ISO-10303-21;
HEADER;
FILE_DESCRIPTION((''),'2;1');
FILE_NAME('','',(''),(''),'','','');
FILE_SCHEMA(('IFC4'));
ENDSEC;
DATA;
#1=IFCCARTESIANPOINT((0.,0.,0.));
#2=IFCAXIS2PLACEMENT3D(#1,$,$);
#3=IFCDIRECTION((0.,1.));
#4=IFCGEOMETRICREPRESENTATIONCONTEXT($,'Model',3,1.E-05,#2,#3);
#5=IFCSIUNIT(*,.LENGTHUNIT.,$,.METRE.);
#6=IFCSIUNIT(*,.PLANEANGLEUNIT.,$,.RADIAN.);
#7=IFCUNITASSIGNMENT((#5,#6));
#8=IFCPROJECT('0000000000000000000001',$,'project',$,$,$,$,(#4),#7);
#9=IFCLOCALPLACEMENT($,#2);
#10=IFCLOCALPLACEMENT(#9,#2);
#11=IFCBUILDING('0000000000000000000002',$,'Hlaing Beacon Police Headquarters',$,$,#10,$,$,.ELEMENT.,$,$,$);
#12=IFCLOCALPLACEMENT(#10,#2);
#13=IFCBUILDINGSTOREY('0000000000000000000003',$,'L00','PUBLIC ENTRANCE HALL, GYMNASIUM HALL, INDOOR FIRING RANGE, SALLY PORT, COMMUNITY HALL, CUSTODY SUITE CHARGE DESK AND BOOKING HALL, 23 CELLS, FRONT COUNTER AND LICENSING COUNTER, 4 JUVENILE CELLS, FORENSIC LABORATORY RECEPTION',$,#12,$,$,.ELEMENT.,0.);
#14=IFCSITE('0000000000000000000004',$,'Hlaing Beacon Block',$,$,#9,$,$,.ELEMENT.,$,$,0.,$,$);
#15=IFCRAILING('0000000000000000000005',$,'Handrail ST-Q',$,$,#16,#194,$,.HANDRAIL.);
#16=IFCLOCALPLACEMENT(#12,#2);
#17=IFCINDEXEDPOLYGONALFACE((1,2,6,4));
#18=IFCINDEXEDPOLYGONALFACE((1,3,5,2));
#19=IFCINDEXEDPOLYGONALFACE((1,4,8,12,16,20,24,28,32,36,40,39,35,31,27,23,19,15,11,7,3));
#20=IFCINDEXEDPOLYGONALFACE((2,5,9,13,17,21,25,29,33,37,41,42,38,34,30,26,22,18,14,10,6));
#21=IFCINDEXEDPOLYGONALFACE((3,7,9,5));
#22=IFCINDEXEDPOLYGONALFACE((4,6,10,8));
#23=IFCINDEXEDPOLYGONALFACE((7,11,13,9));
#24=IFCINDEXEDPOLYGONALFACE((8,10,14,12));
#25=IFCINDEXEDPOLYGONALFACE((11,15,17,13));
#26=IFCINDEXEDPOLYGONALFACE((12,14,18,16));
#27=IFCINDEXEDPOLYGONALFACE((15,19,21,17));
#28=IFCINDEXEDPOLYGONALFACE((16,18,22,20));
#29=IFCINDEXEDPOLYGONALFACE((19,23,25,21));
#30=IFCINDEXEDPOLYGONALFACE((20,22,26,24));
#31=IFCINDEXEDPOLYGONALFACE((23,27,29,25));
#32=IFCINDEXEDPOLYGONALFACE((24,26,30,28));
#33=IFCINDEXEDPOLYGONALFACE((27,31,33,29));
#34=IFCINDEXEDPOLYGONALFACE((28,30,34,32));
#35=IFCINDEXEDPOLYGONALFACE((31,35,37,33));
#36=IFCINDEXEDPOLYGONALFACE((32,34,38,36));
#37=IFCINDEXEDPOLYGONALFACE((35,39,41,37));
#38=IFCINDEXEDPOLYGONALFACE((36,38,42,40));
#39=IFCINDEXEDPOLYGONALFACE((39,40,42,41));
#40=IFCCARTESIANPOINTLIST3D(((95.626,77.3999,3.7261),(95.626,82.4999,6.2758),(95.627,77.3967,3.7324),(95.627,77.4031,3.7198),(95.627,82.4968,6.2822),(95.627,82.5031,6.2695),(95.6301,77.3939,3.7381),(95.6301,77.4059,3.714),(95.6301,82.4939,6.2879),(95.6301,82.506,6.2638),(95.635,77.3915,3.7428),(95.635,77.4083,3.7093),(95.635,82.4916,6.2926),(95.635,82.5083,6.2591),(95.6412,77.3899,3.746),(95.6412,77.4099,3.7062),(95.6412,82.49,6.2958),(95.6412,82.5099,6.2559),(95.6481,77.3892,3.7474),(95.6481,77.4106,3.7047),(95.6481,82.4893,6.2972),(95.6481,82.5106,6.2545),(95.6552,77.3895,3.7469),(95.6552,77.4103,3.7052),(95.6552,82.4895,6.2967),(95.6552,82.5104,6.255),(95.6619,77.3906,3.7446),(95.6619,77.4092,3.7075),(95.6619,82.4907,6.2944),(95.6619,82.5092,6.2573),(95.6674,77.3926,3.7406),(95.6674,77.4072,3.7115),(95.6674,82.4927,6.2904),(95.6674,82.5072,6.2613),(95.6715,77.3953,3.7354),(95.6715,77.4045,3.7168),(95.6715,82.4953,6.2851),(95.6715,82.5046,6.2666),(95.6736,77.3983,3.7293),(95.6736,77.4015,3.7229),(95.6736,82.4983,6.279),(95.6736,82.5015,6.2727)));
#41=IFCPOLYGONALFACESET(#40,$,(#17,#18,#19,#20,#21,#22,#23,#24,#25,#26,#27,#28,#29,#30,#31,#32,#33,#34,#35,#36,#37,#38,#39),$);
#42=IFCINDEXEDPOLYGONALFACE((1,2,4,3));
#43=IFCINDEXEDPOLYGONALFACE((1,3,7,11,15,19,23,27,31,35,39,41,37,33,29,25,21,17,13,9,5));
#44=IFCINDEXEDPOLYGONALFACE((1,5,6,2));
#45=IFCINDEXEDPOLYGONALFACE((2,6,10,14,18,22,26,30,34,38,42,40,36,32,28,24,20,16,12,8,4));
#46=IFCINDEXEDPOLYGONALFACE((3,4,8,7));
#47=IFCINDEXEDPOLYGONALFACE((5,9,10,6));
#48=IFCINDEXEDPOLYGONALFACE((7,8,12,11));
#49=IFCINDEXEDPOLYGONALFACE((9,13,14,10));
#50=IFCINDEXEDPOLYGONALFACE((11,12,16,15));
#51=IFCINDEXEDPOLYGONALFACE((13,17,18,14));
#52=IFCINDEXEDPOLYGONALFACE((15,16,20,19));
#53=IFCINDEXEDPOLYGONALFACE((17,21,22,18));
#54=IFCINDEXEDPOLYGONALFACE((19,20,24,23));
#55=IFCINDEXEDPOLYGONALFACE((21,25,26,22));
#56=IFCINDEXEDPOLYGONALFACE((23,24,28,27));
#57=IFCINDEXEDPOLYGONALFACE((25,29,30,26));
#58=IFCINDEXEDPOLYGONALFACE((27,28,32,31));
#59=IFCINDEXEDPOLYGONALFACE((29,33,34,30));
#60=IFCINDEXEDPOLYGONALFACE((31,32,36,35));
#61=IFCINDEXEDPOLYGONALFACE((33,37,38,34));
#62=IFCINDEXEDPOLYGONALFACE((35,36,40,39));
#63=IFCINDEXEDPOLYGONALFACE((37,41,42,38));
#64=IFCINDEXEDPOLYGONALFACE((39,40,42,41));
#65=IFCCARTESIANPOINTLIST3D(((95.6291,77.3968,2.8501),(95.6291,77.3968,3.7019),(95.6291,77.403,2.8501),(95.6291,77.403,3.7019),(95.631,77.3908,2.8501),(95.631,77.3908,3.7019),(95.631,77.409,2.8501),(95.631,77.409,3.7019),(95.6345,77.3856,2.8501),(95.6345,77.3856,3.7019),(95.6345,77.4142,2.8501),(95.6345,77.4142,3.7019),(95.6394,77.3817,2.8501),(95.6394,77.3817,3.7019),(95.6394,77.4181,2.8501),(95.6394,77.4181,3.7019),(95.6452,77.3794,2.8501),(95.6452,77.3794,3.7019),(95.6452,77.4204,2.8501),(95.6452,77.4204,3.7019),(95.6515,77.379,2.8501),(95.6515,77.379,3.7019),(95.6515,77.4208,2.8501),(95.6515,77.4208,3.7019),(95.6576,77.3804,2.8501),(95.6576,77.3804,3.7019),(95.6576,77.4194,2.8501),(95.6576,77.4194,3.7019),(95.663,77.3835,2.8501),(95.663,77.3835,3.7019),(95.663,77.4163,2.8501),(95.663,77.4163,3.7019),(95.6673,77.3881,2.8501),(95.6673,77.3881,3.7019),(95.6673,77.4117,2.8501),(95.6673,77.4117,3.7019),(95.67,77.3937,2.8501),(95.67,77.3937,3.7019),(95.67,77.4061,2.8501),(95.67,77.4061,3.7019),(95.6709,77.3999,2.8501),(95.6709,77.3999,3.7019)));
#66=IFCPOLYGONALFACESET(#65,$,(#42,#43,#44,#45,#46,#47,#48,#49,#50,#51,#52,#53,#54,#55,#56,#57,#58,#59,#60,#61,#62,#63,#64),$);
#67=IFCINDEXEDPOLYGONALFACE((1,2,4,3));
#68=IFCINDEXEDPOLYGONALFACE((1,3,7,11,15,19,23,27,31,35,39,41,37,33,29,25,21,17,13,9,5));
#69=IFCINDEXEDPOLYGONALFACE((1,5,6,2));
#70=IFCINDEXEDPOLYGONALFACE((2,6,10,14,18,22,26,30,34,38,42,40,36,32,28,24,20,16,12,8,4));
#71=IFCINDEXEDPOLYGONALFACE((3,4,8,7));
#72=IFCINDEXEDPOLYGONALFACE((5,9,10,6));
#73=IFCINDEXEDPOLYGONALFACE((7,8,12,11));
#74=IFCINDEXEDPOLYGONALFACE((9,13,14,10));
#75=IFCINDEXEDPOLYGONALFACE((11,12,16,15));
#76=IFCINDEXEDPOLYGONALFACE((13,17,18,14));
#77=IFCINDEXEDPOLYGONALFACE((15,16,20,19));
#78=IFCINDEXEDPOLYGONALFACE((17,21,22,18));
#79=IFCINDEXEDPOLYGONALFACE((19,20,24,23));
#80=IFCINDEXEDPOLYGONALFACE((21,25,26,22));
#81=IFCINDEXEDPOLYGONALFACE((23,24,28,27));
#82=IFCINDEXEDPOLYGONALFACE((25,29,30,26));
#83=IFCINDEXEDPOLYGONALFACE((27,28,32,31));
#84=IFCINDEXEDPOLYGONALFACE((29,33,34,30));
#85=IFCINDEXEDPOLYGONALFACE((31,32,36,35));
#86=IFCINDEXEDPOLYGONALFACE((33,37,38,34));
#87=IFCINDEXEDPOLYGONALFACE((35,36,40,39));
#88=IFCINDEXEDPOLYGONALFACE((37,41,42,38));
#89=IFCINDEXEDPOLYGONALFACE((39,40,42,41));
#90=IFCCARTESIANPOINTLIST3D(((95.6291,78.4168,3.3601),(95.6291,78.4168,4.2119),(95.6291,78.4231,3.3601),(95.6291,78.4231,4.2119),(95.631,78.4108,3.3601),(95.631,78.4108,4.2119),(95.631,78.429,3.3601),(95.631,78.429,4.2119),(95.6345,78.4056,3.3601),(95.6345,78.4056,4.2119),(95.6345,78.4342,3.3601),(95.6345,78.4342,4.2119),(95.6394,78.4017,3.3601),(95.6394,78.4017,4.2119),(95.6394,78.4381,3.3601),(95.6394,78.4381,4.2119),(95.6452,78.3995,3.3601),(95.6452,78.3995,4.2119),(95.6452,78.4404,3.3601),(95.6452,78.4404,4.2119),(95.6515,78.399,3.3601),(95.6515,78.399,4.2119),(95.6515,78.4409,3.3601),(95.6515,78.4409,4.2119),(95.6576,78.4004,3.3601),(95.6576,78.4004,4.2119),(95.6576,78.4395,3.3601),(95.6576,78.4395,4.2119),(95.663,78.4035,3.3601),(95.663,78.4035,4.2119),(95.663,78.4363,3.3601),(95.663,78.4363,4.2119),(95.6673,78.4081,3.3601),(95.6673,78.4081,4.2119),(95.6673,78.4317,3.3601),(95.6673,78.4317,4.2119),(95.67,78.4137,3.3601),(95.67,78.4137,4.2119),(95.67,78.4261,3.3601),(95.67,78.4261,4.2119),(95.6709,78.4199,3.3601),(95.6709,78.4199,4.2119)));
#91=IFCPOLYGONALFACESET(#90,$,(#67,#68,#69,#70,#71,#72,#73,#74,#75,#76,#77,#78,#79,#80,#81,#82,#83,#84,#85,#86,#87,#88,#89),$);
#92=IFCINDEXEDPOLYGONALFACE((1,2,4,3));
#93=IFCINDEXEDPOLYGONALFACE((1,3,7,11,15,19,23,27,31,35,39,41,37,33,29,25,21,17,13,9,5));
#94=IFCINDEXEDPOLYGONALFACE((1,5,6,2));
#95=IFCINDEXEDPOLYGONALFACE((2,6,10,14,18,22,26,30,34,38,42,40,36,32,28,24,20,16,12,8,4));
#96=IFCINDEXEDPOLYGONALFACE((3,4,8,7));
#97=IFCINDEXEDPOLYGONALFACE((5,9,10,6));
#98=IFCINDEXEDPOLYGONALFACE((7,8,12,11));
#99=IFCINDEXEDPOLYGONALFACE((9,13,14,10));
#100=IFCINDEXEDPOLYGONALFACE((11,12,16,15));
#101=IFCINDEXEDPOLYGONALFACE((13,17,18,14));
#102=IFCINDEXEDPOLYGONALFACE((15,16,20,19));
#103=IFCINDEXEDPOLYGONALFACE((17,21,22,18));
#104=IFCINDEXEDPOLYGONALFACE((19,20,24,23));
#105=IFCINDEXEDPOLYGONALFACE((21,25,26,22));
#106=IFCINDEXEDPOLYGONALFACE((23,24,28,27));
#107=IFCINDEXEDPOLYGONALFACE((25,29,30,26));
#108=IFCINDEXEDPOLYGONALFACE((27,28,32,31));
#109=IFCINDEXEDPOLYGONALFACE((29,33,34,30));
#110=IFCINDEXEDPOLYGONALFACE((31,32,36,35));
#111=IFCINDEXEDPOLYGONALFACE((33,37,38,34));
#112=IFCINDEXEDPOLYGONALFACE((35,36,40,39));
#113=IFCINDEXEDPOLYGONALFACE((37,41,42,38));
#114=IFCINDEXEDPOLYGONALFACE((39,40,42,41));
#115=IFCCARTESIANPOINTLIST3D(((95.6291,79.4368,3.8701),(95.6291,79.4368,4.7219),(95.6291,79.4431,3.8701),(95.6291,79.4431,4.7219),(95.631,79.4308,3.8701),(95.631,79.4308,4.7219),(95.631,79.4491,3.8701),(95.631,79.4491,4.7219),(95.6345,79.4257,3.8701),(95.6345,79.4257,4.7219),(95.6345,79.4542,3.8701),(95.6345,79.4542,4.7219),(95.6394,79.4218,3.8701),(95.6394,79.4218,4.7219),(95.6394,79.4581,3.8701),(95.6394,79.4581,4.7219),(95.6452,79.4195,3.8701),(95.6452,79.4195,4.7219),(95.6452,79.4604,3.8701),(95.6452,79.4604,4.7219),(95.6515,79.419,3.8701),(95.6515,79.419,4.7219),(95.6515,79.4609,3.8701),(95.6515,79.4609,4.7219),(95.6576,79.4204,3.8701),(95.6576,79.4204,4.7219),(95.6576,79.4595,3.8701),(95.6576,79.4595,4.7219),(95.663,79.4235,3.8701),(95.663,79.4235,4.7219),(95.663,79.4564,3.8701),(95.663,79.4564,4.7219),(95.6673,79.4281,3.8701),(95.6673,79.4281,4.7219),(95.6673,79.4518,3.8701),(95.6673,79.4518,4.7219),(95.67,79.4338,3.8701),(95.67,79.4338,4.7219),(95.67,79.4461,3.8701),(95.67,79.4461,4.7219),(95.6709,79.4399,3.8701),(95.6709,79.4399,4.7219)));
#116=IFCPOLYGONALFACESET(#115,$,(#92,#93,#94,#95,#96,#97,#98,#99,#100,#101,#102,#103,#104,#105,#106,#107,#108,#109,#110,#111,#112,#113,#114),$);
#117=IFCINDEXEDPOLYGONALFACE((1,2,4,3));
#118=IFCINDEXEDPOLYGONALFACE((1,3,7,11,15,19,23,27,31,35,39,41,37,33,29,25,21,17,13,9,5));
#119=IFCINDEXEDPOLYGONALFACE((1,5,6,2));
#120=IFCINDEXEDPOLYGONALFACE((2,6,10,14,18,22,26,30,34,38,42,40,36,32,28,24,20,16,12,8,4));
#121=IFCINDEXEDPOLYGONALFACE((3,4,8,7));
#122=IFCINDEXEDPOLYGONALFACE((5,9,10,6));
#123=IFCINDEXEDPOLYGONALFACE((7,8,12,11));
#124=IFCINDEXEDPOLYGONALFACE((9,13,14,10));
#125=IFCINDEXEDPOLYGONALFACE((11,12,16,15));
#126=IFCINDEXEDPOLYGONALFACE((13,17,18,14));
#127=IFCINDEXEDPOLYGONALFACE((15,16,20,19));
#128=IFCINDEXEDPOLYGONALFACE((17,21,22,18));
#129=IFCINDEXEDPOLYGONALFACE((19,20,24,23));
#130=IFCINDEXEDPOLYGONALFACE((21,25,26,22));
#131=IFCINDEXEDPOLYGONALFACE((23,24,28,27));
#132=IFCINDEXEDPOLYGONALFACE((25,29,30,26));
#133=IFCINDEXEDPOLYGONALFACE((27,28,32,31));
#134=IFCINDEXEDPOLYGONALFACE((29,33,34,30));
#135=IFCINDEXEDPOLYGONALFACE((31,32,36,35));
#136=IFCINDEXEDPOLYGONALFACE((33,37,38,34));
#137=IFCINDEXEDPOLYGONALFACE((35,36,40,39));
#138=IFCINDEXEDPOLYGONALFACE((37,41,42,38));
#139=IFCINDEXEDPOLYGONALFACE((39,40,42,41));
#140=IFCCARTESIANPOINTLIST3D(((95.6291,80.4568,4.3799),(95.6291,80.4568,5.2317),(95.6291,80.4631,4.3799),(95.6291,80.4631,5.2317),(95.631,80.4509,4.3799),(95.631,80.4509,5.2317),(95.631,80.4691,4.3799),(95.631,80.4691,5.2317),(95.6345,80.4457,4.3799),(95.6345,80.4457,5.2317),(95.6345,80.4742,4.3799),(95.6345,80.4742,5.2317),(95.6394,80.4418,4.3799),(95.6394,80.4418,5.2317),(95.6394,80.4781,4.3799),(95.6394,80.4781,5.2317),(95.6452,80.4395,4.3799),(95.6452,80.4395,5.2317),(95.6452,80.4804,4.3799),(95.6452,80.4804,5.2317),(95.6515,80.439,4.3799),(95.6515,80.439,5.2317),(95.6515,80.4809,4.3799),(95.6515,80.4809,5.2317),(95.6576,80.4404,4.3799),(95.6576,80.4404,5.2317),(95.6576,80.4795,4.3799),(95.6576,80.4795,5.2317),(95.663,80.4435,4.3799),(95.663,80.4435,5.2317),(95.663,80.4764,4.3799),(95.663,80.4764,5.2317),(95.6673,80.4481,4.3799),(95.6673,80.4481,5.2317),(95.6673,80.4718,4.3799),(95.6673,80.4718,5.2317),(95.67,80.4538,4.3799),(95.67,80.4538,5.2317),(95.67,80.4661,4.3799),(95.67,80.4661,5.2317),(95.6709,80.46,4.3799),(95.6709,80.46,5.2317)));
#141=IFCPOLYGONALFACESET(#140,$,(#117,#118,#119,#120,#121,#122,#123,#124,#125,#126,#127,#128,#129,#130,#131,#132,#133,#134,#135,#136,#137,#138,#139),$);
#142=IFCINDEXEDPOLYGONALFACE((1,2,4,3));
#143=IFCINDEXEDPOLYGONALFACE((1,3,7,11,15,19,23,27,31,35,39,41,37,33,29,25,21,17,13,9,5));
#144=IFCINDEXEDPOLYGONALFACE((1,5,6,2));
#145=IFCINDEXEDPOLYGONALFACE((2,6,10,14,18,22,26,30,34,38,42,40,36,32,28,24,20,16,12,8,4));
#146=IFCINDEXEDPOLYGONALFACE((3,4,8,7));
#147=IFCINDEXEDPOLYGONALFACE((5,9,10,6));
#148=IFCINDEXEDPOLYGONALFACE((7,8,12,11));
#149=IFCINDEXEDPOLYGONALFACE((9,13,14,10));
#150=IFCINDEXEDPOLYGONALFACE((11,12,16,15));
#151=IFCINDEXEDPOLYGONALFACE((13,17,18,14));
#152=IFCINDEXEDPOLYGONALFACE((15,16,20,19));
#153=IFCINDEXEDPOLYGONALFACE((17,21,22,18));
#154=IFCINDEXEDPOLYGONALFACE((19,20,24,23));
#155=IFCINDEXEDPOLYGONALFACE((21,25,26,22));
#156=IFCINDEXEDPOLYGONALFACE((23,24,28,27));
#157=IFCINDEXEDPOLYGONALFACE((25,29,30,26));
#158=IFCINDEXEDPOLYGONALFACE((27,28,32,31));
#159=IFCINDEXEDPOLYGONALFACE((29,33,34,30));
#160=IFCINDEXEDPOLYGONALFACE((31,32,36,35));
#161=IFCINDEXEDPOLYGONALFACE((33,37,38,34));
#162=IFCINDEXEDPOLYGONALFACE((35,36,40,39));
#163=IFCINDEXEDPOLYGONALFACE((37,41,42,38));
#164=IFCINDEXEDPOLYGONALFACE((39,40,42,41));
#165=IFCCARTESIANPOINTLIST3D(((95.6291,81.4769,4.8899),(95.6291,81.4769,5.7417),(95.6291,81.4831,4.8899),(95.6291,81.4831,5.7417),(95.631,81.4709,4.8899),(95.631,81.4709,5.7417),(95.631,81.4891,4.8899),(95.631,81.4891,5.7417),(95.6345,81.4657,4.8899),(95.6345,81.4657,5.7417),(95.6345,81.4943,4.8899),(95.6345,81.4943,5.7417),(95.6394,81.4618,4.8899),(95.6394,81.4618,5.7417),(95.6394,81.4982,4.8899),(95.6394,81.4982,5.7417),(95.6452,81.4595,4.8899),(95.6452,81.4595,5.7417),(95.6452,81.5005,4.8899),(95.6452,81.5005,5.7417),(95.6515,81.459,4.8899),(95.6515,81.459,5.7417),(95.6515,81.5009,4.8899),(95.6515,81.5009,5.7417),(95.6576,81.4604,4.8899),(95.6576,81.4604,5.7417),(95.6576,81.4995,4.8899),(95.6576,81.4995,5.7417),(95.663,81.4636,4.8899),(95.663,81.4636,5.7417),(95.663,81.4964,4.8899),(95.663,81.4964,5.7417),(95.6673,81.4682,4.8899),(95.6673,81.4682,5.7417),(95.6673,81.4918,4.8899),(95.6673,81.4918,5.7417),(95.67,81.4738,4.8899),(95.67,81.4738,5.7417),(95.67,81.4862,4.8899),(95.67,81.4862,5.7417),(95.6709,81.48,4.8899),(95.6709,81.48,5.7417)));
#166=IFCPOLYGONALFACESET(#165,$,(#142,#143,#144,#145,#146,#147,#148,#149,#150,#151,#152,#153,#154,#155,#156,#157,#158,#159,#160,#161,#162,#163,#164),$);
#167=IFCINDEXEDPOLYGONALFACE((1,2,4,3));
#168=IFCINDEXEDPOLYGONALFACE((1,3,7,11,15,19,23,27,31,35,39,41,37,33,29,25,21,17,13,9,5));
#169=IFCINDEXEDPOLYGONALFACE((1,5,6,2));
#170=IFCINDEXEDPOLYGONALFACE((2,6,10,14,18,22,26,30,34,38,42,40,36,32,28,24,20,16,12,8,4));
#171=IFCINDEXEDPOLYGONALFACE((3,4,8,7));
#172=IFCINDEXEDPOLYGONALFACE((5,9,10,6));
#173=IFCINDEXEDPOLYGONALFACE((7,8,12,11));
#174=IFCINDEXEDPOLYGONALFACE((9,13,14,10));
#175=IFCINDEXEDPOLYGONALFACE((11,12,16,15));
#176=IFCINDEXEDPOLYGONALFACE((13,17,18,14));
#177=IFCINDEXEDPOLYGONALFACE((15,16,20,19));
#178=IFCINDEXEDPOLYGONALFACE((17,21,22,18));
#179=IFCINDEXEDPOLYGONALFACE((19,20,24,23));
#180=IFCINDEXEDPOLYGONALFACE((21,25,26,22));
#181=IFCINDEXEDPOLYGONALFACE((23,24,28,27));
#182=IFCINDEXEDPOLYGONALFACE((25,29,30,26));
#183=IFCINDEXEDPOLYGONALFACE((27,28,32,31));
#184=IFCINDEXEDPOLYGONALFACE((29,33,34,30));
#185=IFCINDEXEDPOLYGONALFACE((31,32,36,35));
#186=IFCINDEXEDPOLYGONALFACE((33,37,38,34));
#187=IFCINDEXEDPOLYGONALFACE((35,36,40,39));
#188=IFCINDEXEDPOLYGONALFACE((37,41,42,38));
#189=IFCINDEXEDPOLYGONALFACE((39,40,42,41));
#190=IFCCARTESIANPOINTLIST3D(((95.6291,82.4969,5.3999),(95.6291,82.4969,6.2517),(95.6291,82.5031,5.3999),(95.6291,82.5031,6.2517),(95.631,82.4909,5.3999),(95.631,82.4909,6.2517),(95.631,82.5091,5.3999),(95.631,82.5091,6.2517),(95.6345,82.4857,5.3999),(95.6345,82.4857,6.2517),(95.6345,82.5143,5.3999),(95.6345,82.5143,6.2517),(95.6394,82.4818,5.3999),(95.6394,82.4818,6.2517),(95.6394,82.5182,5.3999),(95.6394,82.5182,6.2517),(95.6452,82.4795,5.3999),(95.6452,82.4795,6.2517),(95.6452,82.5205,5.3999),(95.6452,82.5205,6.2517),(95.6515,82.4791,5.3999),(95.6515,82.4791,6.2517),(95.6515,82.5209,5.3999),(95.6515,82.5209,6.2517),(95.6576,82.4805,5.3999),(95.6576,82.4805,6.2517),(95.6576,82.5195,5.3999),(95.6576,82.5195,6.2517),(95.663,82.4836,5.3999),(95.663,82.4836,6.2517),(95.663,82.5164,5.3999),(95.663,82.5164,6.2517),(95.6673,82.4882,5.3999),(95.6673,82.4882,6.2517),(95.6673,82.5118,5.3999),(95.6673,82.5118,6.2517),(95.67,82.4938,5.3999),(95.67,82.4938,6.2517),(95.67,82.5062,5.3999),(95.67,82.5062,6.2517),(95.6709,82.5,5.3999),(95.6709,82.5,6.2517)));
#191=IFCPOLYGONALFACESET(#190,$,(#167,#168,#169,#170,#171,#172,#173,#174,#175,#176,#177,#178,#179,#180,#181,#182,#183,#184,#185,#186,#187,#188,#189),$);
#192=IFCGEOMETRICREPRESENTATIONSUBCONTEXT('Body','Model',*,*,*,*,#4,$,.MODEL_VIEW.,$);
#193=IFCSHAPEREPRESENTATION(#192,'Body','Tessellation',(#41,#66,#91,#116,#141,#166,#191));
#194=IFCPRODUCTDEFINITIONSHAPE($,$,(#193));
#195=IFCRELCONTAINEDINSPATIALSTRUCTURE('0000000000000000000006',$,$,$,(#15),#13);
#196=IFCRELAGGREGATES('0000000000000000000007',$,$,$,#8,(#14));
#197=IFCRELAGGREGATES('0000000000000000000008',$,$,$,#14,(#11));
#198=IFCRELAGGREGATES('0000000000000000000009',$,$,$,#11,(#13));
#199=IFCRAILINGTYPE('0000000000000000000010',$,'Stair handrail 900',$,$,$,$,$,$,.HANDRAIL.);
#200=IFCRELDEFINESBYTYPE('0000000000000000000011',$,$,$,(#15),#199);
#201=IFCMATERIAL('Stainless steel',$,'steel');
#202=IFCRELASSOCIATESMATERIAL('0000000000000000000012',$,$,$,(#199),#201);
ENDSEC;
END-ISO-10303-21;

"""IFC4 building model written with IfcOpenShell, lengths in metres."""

from ifc_helpers import new_model, si_unit, direction, frame, origin, origin_2d, place, context, subcontext, project, spatial, circle, extrude, material, type_object, element, save


model = new_model("IFC4")

# Units and contexts
model_context = context("Model", 3, precision=1e-05, world=origin(), true_north=direction((0.0, 1.0)))
body_context = subcontext(model_context, "Body", "Model", "MODEL_VIEW")
ifc_project = project(units=[si_unit("LENGTHUNIT", "METRE"), si_unit("PLANEANGLEUNIT", "RADIAN")], contexts=[model_context])

# Site, building, storey
site_placement = place(None, origin())
site = spatial("IfcSite", under=ifc_project, at=site_placement, Name="Hlaing Beacon Block", CompositionType="ELEMENT", RefElevation=0.0)
building_placement = place(site_placement, origin())
building = spatial("IfcBuilding", under=site, at=building_placement, Name="Hlaing Beacon Police Headquarters", CompositionType="ELEMENT")
storey_placement = place(building_placement, origin())
storey = spatial("IfcBuildingStorey", under=building, at=storey_placement, Name="L00", Description="PUBLIC ENTRANCE HALL, GYMNASIUM HALL, INDOOR FIRING RANGE, SALLY PORT, COMMUNITY HALL, CUSTODY SUITE CHARGE DESK AND BOOKING HALL, 23 CELLS, FRONT COUNTER AND LICENSING COUNTER, 4 JUVENILE CELLS, FORENSIC LABORATORY RECEPTION", CompositionType="ELEMENT", Elevation=0.0)

# Railing
ifc_material_1 = material(Name="Stainless steel", Category="steel")
railing_type = type_object("IfcRailingType", Name="Stair handrail 900", PredefinedType="HANDRAIL", material=ifc_material_1)
railing_placement = place(storey_placement, frame((95.6499, 77.3999, 2.8501)))
element("IfcRailing", 1, at=railing_placement, inside=storey, type_object=railing_type, Name="Handrail ST-Q", PredefinedType="HANDRAIL", context=body_context, shape_type="SweptSolid", body=[
    extrude(circle(Radius=0.0239, at=origin_2d()), frame((0.0, 0.0, 0.876), z_axis=(0.0, 0.894444, 0.447179), x_axis=(-1.0, 0.0, 0.0)), (0.0, 0.0, 1.0), 5.7019),
    extrude(circle(Radius=0.021, at=origin_2d()), origin(), (0.0, 0.0, 1.0), 0.8518),
    extrude(circle(Radius=0.021, at=origin_2d()), frame((0.0, 1.02, 0.51)), (0.0, 0.0, 1.0), 0.8518),
    extrude(circle(Radius=0.021, at=origin_2d()), frame((0.0, 2.04, 1.02)), (0.0, 0.0, 1.0), 0.8518),
    extrude(circle(Radius=0.021, at=origin_2d()), frame((0.0, 3.0601, 1.5298)), (0.0, 0.0, 1.0), 0.8518),
    extrude(circle(Radius=0.021, at=origin_2d()), frame((0.0, 4.0801, 2.0398)), (0.0, 0.0, 1.0), 0.8518),
    extrude(circle(Radius=0.021, at=origin_2d()), frame((0.0, 5.1001, 2.5498)), (0.0, 0.0, 1.0), 0.8518),
])

save(model, "model.ifc")
